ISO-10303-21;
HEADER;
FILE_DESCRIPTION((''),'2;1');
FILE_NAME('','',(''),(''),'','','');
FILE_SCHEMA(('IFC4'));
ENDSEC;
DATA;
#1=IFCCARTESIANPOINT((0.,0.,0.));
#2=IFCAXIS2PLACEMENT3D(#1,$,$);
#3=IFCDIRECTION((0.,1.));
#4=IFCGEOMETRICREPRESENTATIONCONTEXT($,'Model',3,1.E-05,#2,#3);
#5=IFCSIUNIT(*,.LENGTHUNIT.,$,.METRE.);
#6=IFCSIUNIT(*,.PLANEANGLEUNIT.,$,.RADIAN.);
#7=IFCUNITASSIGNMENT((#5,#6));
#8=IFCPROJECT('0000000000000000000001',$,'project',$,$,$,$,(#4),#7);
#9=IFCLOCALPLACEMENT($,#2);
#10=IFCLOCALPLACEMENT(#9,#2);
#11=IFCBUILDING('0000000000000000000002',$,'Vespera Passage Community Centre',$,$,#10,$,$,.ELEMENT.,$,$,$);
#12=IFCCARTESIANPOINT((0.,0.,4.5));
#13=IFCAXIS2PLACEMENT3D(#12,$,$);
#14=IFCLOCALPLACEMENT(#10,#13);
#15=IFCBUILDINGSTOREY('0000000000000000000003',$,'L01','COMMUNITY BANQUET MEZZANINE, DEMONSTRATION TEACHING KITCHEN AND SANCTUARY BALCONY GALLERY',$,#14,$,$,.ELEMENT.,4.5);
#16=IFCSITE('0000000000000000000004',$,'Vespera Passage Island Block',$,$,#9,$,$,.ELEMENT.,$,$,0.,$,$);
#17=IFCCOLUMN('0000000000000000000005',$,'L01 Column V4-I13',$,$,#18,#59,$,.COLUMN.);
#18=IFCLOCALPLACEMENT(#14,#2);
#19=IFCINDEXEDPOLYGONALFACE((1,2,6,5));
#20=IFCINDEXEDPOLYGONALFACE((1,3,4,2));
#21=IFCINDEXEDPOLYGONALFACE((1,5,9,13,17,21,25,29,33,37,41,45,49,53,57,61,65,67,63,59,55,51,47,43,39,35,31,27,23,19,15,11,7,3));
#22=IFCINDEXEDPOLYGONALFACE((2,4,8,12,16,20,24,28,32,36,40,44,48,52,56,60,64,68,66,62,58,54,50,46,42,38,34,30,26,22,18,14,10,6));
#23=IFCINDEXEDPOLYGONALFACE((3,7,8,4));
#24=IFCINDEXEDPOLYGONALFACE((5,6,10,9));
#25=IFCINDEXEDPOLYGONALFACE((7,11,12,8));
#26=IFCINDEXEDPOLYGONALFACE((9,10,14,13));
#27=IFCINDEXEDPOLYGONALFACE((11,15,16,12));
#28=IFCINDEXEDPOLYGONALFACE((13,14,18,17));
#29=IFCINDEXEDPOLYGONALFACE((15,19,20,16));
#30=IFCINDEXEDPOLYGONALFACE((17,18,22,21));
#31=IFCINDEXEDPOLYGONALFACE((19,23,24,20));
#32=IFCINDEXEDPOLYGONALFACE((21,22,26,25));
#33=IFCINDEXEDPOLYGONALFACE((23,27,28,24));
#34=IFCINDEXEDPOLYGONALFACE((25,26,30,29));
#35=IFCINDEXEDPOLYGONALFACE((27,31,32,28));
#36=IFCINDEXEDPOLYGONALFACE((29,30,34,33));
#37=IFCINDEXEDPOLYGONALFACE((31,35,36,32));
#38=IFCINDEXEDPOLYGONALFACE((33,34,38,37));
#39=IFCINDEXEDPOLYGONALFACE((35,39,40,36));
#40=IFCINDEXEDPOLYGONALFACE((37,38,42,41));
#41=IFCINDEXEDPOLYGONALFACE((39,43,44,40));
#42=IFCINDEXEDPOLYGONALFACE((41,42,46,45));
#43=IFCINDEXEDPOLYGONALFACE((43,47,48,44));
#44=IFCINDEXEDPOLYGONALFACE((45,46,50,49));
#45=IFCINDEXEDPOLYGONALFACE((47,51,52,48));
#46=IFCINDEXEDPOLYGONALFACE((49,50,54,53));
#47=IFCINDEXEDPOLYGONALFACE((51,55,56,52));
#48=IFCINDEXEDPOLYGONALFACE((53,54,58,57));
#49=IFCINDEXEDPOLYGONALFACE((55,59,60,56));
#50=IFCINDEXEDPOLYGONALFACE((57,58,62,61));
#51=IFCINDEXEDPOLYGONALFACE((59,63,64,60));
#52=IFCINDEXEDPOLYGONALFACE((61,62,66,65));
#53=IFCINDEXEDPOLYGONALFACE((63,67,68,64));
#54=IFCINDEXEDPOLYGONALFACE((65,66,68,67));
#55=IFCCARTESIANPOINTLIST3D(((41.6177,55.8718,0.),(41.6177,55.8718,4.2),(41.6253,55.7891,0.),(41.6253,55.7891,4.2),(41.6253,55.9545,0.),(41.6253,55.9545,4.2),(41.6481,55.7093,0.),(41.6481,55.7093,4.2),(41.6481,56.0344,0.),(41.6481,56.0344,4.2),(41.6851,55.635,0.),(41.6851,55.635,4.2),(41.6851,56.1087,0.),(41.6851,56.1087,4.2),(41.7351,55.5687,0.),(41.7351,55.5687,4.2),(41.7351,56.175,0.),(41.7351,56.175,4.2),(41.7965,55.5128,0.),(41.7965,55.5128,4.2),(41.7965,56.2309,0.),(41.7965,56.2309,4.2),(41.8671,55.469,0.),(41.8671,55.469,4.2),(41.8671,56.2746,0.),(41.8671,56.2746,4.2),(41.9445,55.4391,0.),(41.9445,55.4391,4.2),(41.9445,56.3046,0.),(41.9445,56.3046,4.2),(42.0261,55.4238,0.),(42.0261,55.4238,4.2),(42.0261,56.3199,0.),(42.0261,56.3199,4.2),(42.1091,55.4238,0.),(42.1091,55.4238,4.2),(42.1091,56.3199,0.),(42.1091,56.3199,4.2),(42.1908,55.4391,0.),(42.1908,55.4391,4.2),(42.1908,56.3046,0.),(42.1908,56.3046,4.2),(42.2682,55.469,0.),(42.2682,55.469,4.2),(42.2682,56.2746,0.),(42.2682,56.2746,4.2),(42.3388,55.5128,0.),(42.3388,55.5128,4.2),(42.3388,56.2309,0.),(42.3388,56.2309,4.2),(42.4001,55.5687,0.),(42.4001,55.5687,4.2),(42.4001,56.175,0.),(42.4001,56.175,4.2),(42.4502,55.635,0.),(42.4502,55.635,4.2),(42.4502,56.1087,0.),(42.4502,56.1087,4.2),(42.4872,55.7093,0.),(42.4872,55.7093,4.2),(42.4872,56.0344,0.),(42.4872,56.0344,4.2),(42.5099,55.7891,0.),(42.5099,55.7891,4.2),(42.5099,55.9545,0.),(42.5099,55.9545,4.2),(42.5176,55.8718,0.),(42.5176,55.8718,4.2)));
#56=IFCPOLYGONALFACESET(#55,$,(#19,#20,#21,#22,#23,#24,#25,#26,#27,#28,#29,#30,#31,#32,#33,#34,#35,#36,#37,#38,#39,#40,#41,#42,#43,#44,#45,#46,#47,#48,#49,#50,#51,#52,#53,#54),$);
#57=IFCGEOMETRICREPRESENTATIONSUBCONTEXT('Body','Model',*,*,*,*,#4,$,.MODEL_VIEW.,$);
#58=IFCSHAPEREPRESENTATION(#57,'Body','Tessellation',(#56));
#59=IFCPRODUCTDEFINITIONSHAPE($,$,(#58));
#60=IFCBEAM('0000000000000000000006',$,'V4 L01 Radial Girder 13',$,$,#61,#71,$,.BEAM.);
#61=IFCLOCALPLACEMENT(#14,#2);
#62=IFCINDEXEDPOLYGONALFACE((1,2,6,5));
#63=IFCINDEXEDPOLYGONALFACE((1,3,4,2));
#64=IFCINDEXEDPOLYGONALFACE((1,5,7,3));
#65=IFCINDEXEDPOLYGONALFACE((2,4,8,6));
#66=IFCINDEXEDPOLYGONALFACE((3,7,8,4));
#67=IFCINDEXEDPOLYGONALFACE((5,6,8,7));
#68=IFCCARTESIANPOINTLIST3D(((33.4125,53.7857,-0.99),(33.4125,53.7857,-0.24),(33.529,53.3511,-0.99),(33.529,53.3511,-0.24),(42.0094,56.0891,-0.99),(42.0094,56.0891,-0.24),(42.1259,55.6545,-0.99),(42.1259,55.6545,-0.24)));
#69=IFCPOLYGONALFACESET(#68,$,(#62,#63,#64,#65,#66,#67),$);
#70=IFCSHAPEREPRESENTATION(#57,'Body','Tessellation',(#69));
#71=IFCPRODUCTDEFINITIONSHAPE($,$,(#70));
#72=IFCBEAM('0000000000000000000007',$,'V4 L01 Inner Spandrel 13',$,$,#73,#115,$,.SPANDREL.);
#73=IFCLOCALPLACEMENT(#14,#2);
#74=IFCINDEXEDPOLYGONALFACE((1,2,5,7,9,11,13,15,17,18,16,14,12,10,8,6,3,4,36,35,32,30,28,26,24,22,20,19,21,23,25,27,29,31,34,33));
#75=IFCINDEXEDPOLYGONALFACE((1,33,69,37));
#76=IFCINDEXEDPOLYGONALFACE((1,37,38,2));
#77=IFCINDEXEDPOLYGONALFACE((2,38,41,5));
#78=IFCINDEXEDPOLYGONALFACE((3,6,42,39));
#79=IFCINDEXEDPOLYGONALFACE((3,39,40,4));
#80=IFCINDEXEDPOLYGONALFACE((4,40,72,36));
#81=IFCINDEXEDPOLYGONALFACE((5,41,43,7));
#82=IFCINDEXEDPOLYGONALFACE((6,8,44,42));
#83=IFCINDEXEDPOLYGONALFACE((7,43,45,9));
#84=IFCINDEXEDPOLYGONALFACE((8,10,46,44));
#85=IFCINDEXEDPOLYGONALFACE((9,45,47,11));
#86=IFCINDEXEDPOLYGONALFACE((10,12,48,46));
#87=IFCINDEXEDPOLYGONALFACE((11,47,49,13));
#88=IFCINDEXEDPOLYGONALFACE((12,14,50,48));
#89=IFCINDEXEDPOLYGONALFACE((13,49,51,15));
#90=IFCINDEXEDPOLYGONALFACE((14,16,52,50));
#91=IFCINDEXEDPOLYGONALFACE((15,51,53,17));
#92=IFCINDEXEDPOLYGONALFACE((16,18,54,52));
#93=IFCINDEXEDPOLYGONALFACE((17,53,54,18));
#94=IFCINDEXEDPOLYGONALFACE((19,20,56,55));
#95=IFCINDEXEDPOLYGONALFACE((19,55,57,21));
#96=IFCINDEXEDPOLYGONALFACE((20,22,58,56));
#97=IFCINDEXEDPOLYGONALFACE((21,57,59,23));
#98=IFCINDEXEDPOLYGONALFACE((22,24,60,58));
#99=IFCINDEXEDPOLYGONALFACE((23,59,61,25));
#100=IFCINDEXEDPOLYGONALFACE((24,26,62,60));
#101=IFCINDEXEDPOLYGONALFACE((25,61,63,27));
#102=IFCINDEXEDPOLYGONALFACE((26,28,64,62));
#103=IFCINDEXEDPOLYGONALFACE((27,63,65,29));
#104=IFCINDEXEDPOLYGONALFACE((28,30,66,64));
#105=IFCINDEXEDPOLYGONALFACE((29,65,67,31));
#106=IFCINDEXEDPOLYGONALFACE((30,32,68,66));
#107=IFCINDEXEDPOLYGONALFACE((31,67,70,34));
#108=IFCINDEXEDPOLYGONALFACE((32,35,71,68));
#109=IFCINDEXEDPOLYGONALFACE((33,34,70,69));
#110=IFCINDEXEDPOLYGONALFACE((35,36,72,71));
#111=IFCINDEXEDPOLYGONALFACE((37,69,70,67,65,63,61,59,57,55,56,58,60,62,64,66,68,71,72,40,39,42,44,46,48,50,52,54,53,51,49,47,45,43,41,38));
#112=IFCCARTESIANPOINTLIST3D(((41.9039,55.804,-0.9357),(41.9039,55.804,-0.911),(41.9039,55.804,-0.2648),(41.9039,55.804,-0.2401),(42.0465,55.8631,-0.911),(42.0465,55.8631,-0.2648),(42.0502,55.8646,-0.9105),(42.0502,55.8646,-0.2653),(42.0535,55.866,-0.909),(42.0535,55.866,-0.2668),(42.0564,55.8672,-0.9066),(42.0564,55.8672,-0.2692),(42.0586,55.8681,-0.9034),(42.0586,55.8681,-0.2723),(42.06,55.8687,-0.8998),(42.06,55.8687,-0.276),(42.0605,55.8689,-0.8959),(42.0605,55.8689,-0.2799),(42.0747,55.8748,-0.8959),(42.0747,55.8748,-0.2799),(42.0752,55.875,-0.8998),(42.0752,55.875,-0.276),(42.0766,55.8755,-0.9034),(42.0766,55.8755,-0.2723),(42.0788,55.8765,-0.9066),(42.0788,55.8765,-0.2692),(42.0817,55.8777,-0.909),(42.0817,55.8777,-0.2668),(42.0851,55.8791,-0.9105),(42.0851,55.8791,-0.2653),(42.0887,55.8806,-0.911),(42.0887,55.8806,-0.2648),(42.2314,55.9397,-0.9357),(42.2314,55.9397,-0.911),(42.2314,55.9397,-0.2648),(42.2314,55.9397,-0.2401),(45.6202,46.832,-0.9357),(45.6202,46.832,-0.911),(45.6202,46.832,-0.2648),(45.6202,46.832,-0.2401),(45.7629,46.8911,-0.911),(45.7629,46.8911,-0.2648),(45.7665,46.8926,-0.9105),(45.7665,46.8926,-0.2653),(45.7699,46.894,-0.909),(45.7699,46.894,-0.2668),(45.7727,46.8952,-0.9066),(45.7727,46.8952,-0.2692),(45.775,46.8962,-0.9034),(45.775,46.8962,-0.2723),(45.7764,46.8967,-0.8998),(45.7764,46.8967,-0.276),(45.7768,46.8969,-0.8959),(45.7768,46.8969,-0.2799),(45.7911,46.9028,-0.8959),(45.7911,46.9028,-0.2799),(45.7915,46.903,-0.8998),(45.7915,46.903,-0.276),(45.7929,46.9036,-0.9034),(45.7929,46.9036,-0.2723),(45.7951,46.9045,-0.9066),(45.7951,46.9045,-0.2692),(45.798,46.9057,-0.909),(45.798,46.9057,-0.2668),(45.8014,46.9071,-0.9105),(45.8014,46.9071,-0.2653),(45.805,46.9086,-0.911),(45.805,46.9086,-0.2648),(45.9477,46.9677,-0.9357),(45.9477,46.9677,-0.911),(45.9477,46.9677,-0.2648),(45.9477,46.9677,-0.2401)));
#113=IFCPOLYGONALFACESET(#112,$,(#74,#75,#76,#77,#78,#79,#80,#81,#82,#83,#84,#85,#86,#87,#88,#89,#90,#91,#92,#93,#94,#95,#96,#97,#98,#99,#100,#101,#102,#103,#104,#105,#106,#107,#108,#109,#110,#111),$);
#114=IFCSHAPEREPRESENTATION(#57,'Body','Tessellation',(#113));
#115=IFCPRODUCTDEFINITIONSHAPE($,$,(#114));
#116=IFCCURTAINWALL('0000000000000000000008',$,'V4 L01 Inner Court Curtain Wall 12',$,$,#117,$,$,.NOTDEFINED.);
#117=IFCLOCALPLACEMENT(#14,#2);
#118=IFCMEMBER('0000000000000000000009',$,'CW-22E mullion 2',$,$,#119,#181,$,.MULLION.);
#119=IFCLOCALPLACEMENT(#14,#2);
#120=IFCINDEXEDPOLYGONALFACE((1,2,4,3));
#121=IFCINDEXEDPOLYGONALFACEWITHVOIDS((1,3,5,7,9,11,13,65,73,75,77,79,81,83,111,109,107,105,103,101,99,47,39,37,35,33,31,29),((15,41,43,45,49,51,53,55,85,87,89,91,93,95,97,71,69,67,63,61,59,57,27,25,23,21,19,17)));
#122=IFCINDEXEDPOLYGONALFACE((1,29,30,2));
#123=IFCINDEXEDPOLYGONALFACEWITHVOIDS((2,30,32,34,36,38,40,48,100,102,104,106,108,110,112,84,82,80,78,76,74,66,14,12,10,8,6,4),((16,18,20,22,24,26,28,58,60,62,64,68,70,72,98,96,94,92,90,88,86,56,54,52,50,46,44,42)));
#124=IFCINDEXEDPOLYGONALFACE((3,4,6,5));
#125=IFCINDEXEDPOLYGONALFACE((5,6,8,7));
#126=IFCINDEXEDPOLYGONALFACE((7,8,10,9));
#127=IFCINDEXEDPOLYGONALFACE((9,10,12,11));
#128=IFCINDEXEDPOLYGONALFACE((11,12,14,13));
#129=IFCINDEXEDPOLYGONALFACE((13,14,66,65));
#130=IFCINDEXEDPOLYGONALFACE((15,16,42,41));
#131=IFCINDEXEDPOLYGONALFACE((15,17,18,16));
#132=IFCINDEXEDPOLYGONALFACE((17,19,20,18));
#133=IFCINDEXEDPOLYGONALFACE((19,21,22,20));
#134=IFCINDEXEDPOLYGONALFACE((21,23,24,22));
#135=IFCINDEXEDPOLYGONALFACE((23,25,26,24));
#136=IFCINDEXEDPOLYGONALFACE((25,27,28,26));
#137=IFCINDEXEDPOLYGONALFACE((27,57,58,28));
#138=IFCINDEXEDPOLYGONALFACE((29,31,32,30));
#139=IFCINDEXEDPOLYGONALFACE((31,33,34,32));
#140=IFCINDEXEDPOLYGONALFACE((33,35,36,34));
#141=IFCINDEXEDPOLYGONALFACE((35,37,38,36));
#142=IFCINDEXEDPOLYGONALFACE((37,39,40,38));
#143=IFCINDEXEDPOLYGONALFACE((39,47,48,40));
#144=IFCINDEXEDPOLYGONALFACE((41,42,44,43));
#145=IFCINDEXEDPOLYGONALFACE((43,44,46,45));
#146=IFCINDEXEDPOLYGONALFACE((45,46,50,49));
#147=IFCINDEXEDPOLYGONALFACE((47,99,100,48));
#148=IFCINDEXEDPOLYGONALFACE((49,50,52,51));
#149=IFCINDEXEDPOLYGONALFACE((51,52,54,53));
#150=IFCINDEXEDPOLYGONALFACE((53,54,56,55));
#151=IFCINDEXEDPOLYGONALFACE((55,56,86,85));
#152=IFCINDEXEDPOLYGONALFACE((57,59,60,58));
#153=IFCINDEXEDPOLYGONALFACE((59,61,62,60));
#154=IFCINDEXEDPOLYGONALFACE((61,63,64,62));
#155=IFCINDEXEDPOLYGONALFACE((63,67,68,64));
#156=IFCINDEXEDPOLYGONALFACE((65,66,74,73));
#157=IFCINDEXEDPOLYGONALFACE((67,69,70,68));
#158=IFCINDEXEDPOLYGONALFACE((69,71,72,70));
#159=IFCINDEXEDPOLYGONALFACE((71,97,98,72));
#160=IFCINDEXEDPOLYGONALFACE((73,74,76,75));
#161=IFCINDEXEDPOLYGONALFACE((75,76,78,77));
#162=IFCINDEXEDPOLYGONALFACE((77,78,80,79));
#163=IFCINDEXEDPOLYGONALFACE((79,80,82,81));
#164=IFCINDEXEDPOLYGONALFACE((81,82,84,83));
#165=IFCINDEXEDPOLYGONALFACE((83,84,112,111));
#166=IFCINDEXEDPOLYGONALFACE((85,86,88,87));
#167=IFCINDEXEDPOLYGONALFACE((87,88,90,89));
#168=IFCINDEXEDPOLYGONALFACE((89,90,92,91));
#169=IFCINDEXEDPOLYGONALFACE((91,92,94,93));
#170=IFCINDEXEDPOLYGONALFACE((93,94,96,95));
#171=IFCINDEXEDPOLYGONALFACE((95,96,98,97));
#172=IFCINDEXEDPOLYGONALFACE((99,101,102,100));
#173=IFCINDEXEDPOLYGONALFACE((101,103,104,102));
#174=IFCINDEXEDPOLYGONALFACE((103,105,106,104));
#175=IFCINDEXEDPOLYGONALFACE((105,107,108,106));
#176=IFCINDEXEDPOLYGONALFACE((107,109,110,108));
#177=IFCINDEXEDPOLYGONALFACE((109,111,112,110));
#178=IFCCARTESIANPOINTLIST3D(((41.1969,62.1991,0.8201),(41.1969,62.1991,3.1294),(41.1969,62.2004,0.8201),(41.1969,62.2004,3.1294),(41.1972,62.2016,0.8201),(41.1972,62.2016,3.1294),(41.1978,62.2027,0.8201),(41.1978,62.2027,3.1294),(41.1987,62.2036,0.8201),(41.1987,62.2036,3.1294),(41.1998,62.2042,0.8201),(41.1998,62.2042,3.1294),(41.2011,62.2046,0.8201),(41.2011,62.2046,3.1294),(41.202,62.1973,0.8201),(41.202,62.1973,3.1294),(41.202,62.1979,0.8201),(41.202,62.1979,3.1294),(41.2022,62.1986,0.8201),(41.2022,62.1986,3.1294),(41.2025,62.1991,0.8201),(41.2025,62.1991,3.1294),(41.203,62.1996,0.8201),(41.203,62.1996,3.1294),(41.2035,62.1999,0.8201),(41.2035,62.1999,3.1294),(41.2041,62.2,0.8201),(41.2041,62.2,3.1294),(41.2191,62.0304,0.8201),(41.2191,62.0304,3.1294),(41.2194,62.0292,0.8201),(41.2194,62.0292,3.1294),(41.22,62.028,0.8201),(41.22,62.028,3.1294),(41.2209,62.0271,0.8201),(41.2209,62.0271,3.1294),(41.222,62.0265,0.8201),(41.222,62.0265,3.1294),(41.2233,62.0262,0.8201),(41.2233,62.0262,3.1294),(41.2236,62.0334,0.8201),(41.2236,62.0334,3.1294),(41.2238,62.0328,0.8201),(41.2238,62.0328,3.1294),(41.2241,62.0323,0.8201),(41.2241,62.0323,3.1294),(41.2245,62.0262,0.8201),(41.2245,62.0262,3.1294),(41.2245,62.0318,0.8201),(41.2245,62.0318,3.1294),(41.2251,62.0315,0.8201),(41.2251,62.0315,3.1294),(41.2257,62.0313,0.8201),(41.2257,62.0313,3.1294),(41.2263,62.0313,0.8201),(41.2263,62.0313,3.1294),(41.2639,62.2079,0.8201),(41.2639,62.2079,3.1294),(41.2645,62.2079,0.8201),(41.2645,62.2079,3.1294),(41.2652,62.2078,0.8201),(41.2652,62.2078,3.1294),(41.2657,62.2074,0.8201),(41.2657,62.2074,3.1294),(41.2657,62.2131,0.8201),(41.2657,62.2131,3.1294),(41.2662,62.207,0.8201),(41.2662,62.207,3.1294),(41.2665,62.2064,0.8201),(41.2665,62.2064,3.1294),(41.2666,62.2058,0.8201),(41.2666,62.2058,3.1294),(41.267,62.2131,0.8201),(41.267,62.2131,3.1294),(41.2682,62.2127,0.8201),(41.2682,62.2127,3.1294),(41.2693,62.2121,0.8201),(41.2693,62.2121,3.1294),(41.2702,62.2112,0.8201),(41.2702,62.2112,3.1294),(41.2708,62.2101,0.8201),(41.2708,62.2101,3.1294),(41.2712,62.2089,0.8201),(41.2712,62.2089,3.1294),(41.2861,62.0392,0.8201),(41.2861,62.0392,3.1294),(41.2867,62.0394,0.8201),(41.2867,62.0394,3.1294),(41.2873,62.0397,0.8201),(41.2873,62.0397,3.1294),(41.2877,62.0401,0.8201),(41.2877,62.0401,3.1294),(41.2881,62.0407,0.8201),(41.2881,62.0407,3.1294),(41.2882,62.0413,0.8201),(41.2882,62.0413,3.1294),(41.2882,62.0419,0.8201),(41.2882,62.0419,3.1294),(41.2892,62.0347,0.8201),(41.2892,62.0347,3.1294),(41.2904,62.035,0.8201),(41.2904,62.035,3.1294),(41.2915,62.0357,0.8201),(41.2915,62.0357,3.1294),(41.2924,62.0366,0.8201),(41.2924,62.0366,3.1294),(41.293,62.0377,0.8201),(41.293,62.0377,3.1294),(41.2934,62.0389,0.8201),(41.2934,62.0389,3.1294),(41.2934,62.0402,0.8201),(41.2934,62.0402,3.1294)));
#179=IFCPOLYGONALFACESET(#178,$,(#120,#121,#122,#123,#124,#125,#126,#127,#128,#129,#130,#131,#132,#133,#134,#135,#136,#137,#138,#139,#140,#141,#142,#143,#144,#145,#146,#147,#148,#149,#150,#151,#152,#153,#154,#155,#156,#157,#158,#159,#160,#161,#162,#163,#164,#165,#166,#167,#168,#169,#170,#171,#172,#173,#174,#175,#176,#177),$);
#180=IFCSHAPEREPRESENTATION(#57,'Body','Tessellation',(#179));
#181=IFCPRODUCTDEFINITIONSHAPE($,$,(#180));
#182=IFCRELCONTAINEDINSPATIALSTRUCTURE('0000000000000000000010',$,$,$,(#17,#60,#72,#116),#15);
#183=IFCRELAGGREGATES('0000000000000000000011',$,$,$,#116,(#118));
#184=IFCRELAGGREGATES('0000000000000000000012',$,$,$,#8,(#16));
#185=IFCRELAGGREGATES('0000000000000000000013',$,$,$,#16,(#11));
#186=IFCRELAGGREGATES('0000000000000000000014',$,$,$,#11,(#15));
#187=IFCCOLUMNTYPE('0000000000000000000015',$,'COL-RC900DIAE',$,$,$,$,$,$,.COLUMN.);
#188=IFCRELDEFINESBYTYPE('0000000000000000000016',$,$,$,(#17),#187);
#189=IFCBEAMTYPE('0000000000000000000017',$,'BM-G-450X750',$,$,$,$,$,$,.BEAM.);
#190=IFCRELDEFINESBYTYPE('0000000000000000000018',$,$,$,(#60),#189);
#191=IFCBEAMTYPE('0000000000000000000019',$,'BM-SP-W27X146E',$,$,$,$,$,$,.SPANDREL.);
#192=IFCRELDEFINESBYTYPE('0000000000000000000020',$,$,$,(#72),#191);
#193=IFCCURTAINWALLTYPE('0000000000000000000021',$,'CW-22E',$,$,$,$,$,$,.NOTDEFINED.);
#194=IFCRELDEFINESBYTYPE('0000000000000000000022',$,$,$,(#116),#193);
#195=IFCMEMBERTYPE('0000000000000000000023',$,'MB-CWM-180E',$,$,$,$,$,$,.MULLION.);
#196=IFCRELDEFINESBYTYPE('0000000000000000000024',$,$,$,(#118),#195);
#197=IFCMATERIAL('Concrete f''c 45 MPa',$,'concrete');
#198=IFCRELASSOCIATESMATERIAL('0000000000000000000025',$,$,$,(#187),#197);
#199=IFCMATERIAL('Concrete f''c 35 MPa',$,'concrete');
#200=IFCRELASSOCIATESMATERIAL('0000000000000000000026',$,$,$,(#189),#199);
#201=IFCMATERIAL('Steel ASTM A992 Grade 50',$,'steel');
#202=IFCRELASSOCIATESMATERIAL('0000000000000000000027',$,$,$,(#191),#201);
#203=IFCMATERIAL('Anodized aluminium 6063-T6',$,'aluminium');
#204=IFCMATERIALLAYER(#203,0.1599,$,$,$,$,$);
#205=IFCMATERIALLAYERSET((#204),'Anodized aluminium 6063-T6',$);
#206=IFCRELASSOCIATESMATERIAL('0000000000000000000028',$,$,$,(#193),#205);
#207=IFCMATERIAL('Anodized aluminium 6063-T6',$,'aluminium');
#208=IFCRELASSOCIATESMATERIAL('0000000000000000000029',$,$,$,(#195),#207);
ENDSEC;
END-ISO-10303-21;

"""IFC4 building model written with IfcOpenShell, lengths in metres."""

from ifc_helpers import new_model, si_unit, direction, frame, origin, origin_2d, place, context, subcontext, project, spatial, rectangle, hollow_rectangle, circle, i_section, extrude, material, layer, layer_set, material_profile, profile_set, type_object, element, aggregate, save


model = new_model("IFC4")

# Units and contexts
model_context = context("Model", 3, precision=1e-05, world=origin(), true_north=direction((0.0, 1.0)))
body_context = subcontext(model_context, "Body", "Model", "MODEL_VIEW")
ifc_project = project(units=[si_unit("LENGTHUNIT", "METRE"), si_unit("PLANEANGLEUNIT", "RADIAN")], contexts=[model_context])

# Site, building, storey
site_placement = place(None, origin())
site = spatial("IfcSite", under=ifc_project, at=site_placement, Name="Vespera Passage Island Block", CompositionType="ELEMENT", RefElevation=0.0)
building_placement = place(site_placement, origin())
building = spatial("IfcBuilding", under=site, at=building_placement, Name="Vespera Passage Community Centre", CompositionType="ELEMENT")
storey_placement = place(building_placement, frame((0.0, 0.0, 4.5)))
storey = spatial("IfcBuildingStorey", under=building, at=storey_placement, Name="L01", Description="COMMUNITY BANQUET MEZZANINE, DEMONSTRATION TEACHING KITCHEN AND SANCTUARY BALCONY GALLERY", CompositionType="ELEMENT", Elevation=4.5)

# Column
ifc_material_1 = material(Name="Concrete f'c 45 MPa", Category="concrete")
ifc_material_profile_1 = material_profile(ifc_material_1, circle(Radius=0.45, at=origin_2d()), Name="RC900DIA")
ifc_profile_set_1 = profile_set([ifc_material_profile_1], Name="Concrete f'c 45 MPa")
column_type = type_object("IfcColumnType", Name="COL-RC900DIAE", PredefinedType="COLUMN", material=ifc_profile_set_1)
column_placement = place(storey_placement, frame((42.0676, 55.8718, 0.0), z_axis=(0.0, 0.0, 1.0), x_axis=(1.0, 0.0, 0.0)))
element("IfcColumn", 1, at=column_placement, inside=storey, type_object=column_type, Name="L01 Column V4-I13", PredefinedType="COLUMN", context=body_context, shape_type="SweptSolid", body=[
    extrude(circle(Radius=0.45, at=origin_2d()), origin(), (0.0, 0.0, 1.0), 4.2),
])

# Beams
ifc_material_2 = material(Name="Concrete f'c 35 MPa", Category="concrete")
ifc_material_profile_2 = material_profile(ifc_material_2, rectangle(XDim=0.45, YDim=0.75, at=origin_2d()), Name="RC450X750")
ifc_profile_set_2 = profile_set([ifc_material_profile_2], Name="Concrete f'c 35 MPa")
beam_type_1 = type_object("IfcBeamType", Name="BM-G-450X750", PredefinedType="BEAM", material=ifc_profile_set_2)
beam_1_placement = place(storey_placement, frame((42.0676, 55.8718, -0.615), z_axis=(-0.965928, -0.258811, 0.0), x_axis=(0.258811, -0.965928, 0.0)))
element("IfcBeam", 2, at=beam_1_placement, inside=storey, type_object=beam_type_1, Name="V4 L01 Radial Girder 13", PredefinedType="BEAM", context=body_context, shape_type="SweptSolid", body=[
    extrude(rectangle(XDim=0.45, YDim=0.75, at=origin_2d()), origin(), (0.0, 0.0, 1.0), 8.9001),
])
ifc_material_3 = material(Name="Steel ASTM A992 Grade 50", Category="steel")
ifc_material_profile_3 = material_profile(ifc_material_3, i_section(OverallWidth=0.3545, OverallDepth=0.6956, WebThickness=0.0154, FlangeThickness=0.0247, FilletRadius=0.0151, at=origin_2d()), Name="W27X146")
ifc_profile_set_3 = profile_set([ifc_material_profile_3], Name="Steel ASTM A992 Grade 50")
beam_type_2 = type_object("IfcBeamType", Name="BM-SP-W27X146E", PredefinedType="SPANDREL", material=ifc_profile_set_3)
beam_2_placement = place(storey_placement, frame((42.0676, 55.8718, -0.5879), z_axis=(0.382685, -0.923879, 0.0), x_axis=(0.923879, 0.382685, 0.0)))
element("IfcBeam", 3, at=beam_2_placement, inside=storey, type_object=beam_type_2, Name="V4 L01 Inner Spandrel 13", PredefinedType="SPANDREL", context=body_context, shape_type="SweptSolid", body=[
    extrude(i_section(OverallWidth=0.3545, OverallDepth=0.6956, WebThickness=0.0154, FlangeThickness=0.0247, FilletRadius=0.0151, at=origin_2d()), origin(), (0.0, 0.0, 1.0), 9.7112),
])

# Curtain wall, member
ifc_material_4 = material(Name="Anodized aluminium 6063-T6", Category="aluminium")
ifc_layer_1 = layer(ifc_material_4, 0.1599)
ifc_layer_set_1 = layer_set([ifc_layer_1], Name="Anodized aluminium 6063-T6")
curtain_wall_type_1 = type_object("IfcCurtainWallType", Name="CW-22E", PredefinedType="NOTDEFINED", material=ifc_layer_set_1)
curtain_wall_1_placement = place(storey_placement, origin())
curtain_wall_1 = element("IfcCurtainWall", 4, at=curtain_wall_1_placement, inside=storey, type_object=curtain_wall_type_1, Name="V4 L01 Inner Court Curtain Wall 12", PredefinedType="NOTDEFINED")
ifc_material_5 = material(Name="Anodized aluminium 6063-T6", Category="aluminium")
ifc_material_profile_4 = material_profile(ifc_material_5, hollow_rectangle(XDim=0.075, YDim=0.1799, WallThickness=0.0049, InnerFilletRadius=0.0024, OuterFilletRadius=0.0049, at=origin_2d()), Name="ALU180X75X5")
ifc_profile_set_4 = profile_set([ifc_material_profile_4], Name="Anodized aluminium 6063-T6")
member_type_1 = type_object("IfcMemberType", Name="MB-CWM-180E", PredefinedType="MULLION", material=ifc_profile_set_4)
member_1_placement = place(storey_placement, frame((41.2451, 62.1196, 0.8201), z_axis=(0.0, 0.0, 1.0), x_axis=(0.991445, 0.130522, 0.0)))
member_1 = element("IfcMember", 5, at=member_1_placement, type_object=member_type_1, Name="CW-22E mullion 2", PredefinedType="MULLION", context=body_context, shape_type="SweptSolid", body=[
    extrude(hollow_rectangle(XDim=0.075, YDim=0.1799, WallThickness=0.0049, InnerFilletRadius=0.0024, OuterFilletRadius=0.0049, at=origin_2d()), origin(), (0.0, 0.0, 1.0), 2.3093),
])

aggregate(curtain_wall_1, [member_1])

save(model, "model.ifc")
